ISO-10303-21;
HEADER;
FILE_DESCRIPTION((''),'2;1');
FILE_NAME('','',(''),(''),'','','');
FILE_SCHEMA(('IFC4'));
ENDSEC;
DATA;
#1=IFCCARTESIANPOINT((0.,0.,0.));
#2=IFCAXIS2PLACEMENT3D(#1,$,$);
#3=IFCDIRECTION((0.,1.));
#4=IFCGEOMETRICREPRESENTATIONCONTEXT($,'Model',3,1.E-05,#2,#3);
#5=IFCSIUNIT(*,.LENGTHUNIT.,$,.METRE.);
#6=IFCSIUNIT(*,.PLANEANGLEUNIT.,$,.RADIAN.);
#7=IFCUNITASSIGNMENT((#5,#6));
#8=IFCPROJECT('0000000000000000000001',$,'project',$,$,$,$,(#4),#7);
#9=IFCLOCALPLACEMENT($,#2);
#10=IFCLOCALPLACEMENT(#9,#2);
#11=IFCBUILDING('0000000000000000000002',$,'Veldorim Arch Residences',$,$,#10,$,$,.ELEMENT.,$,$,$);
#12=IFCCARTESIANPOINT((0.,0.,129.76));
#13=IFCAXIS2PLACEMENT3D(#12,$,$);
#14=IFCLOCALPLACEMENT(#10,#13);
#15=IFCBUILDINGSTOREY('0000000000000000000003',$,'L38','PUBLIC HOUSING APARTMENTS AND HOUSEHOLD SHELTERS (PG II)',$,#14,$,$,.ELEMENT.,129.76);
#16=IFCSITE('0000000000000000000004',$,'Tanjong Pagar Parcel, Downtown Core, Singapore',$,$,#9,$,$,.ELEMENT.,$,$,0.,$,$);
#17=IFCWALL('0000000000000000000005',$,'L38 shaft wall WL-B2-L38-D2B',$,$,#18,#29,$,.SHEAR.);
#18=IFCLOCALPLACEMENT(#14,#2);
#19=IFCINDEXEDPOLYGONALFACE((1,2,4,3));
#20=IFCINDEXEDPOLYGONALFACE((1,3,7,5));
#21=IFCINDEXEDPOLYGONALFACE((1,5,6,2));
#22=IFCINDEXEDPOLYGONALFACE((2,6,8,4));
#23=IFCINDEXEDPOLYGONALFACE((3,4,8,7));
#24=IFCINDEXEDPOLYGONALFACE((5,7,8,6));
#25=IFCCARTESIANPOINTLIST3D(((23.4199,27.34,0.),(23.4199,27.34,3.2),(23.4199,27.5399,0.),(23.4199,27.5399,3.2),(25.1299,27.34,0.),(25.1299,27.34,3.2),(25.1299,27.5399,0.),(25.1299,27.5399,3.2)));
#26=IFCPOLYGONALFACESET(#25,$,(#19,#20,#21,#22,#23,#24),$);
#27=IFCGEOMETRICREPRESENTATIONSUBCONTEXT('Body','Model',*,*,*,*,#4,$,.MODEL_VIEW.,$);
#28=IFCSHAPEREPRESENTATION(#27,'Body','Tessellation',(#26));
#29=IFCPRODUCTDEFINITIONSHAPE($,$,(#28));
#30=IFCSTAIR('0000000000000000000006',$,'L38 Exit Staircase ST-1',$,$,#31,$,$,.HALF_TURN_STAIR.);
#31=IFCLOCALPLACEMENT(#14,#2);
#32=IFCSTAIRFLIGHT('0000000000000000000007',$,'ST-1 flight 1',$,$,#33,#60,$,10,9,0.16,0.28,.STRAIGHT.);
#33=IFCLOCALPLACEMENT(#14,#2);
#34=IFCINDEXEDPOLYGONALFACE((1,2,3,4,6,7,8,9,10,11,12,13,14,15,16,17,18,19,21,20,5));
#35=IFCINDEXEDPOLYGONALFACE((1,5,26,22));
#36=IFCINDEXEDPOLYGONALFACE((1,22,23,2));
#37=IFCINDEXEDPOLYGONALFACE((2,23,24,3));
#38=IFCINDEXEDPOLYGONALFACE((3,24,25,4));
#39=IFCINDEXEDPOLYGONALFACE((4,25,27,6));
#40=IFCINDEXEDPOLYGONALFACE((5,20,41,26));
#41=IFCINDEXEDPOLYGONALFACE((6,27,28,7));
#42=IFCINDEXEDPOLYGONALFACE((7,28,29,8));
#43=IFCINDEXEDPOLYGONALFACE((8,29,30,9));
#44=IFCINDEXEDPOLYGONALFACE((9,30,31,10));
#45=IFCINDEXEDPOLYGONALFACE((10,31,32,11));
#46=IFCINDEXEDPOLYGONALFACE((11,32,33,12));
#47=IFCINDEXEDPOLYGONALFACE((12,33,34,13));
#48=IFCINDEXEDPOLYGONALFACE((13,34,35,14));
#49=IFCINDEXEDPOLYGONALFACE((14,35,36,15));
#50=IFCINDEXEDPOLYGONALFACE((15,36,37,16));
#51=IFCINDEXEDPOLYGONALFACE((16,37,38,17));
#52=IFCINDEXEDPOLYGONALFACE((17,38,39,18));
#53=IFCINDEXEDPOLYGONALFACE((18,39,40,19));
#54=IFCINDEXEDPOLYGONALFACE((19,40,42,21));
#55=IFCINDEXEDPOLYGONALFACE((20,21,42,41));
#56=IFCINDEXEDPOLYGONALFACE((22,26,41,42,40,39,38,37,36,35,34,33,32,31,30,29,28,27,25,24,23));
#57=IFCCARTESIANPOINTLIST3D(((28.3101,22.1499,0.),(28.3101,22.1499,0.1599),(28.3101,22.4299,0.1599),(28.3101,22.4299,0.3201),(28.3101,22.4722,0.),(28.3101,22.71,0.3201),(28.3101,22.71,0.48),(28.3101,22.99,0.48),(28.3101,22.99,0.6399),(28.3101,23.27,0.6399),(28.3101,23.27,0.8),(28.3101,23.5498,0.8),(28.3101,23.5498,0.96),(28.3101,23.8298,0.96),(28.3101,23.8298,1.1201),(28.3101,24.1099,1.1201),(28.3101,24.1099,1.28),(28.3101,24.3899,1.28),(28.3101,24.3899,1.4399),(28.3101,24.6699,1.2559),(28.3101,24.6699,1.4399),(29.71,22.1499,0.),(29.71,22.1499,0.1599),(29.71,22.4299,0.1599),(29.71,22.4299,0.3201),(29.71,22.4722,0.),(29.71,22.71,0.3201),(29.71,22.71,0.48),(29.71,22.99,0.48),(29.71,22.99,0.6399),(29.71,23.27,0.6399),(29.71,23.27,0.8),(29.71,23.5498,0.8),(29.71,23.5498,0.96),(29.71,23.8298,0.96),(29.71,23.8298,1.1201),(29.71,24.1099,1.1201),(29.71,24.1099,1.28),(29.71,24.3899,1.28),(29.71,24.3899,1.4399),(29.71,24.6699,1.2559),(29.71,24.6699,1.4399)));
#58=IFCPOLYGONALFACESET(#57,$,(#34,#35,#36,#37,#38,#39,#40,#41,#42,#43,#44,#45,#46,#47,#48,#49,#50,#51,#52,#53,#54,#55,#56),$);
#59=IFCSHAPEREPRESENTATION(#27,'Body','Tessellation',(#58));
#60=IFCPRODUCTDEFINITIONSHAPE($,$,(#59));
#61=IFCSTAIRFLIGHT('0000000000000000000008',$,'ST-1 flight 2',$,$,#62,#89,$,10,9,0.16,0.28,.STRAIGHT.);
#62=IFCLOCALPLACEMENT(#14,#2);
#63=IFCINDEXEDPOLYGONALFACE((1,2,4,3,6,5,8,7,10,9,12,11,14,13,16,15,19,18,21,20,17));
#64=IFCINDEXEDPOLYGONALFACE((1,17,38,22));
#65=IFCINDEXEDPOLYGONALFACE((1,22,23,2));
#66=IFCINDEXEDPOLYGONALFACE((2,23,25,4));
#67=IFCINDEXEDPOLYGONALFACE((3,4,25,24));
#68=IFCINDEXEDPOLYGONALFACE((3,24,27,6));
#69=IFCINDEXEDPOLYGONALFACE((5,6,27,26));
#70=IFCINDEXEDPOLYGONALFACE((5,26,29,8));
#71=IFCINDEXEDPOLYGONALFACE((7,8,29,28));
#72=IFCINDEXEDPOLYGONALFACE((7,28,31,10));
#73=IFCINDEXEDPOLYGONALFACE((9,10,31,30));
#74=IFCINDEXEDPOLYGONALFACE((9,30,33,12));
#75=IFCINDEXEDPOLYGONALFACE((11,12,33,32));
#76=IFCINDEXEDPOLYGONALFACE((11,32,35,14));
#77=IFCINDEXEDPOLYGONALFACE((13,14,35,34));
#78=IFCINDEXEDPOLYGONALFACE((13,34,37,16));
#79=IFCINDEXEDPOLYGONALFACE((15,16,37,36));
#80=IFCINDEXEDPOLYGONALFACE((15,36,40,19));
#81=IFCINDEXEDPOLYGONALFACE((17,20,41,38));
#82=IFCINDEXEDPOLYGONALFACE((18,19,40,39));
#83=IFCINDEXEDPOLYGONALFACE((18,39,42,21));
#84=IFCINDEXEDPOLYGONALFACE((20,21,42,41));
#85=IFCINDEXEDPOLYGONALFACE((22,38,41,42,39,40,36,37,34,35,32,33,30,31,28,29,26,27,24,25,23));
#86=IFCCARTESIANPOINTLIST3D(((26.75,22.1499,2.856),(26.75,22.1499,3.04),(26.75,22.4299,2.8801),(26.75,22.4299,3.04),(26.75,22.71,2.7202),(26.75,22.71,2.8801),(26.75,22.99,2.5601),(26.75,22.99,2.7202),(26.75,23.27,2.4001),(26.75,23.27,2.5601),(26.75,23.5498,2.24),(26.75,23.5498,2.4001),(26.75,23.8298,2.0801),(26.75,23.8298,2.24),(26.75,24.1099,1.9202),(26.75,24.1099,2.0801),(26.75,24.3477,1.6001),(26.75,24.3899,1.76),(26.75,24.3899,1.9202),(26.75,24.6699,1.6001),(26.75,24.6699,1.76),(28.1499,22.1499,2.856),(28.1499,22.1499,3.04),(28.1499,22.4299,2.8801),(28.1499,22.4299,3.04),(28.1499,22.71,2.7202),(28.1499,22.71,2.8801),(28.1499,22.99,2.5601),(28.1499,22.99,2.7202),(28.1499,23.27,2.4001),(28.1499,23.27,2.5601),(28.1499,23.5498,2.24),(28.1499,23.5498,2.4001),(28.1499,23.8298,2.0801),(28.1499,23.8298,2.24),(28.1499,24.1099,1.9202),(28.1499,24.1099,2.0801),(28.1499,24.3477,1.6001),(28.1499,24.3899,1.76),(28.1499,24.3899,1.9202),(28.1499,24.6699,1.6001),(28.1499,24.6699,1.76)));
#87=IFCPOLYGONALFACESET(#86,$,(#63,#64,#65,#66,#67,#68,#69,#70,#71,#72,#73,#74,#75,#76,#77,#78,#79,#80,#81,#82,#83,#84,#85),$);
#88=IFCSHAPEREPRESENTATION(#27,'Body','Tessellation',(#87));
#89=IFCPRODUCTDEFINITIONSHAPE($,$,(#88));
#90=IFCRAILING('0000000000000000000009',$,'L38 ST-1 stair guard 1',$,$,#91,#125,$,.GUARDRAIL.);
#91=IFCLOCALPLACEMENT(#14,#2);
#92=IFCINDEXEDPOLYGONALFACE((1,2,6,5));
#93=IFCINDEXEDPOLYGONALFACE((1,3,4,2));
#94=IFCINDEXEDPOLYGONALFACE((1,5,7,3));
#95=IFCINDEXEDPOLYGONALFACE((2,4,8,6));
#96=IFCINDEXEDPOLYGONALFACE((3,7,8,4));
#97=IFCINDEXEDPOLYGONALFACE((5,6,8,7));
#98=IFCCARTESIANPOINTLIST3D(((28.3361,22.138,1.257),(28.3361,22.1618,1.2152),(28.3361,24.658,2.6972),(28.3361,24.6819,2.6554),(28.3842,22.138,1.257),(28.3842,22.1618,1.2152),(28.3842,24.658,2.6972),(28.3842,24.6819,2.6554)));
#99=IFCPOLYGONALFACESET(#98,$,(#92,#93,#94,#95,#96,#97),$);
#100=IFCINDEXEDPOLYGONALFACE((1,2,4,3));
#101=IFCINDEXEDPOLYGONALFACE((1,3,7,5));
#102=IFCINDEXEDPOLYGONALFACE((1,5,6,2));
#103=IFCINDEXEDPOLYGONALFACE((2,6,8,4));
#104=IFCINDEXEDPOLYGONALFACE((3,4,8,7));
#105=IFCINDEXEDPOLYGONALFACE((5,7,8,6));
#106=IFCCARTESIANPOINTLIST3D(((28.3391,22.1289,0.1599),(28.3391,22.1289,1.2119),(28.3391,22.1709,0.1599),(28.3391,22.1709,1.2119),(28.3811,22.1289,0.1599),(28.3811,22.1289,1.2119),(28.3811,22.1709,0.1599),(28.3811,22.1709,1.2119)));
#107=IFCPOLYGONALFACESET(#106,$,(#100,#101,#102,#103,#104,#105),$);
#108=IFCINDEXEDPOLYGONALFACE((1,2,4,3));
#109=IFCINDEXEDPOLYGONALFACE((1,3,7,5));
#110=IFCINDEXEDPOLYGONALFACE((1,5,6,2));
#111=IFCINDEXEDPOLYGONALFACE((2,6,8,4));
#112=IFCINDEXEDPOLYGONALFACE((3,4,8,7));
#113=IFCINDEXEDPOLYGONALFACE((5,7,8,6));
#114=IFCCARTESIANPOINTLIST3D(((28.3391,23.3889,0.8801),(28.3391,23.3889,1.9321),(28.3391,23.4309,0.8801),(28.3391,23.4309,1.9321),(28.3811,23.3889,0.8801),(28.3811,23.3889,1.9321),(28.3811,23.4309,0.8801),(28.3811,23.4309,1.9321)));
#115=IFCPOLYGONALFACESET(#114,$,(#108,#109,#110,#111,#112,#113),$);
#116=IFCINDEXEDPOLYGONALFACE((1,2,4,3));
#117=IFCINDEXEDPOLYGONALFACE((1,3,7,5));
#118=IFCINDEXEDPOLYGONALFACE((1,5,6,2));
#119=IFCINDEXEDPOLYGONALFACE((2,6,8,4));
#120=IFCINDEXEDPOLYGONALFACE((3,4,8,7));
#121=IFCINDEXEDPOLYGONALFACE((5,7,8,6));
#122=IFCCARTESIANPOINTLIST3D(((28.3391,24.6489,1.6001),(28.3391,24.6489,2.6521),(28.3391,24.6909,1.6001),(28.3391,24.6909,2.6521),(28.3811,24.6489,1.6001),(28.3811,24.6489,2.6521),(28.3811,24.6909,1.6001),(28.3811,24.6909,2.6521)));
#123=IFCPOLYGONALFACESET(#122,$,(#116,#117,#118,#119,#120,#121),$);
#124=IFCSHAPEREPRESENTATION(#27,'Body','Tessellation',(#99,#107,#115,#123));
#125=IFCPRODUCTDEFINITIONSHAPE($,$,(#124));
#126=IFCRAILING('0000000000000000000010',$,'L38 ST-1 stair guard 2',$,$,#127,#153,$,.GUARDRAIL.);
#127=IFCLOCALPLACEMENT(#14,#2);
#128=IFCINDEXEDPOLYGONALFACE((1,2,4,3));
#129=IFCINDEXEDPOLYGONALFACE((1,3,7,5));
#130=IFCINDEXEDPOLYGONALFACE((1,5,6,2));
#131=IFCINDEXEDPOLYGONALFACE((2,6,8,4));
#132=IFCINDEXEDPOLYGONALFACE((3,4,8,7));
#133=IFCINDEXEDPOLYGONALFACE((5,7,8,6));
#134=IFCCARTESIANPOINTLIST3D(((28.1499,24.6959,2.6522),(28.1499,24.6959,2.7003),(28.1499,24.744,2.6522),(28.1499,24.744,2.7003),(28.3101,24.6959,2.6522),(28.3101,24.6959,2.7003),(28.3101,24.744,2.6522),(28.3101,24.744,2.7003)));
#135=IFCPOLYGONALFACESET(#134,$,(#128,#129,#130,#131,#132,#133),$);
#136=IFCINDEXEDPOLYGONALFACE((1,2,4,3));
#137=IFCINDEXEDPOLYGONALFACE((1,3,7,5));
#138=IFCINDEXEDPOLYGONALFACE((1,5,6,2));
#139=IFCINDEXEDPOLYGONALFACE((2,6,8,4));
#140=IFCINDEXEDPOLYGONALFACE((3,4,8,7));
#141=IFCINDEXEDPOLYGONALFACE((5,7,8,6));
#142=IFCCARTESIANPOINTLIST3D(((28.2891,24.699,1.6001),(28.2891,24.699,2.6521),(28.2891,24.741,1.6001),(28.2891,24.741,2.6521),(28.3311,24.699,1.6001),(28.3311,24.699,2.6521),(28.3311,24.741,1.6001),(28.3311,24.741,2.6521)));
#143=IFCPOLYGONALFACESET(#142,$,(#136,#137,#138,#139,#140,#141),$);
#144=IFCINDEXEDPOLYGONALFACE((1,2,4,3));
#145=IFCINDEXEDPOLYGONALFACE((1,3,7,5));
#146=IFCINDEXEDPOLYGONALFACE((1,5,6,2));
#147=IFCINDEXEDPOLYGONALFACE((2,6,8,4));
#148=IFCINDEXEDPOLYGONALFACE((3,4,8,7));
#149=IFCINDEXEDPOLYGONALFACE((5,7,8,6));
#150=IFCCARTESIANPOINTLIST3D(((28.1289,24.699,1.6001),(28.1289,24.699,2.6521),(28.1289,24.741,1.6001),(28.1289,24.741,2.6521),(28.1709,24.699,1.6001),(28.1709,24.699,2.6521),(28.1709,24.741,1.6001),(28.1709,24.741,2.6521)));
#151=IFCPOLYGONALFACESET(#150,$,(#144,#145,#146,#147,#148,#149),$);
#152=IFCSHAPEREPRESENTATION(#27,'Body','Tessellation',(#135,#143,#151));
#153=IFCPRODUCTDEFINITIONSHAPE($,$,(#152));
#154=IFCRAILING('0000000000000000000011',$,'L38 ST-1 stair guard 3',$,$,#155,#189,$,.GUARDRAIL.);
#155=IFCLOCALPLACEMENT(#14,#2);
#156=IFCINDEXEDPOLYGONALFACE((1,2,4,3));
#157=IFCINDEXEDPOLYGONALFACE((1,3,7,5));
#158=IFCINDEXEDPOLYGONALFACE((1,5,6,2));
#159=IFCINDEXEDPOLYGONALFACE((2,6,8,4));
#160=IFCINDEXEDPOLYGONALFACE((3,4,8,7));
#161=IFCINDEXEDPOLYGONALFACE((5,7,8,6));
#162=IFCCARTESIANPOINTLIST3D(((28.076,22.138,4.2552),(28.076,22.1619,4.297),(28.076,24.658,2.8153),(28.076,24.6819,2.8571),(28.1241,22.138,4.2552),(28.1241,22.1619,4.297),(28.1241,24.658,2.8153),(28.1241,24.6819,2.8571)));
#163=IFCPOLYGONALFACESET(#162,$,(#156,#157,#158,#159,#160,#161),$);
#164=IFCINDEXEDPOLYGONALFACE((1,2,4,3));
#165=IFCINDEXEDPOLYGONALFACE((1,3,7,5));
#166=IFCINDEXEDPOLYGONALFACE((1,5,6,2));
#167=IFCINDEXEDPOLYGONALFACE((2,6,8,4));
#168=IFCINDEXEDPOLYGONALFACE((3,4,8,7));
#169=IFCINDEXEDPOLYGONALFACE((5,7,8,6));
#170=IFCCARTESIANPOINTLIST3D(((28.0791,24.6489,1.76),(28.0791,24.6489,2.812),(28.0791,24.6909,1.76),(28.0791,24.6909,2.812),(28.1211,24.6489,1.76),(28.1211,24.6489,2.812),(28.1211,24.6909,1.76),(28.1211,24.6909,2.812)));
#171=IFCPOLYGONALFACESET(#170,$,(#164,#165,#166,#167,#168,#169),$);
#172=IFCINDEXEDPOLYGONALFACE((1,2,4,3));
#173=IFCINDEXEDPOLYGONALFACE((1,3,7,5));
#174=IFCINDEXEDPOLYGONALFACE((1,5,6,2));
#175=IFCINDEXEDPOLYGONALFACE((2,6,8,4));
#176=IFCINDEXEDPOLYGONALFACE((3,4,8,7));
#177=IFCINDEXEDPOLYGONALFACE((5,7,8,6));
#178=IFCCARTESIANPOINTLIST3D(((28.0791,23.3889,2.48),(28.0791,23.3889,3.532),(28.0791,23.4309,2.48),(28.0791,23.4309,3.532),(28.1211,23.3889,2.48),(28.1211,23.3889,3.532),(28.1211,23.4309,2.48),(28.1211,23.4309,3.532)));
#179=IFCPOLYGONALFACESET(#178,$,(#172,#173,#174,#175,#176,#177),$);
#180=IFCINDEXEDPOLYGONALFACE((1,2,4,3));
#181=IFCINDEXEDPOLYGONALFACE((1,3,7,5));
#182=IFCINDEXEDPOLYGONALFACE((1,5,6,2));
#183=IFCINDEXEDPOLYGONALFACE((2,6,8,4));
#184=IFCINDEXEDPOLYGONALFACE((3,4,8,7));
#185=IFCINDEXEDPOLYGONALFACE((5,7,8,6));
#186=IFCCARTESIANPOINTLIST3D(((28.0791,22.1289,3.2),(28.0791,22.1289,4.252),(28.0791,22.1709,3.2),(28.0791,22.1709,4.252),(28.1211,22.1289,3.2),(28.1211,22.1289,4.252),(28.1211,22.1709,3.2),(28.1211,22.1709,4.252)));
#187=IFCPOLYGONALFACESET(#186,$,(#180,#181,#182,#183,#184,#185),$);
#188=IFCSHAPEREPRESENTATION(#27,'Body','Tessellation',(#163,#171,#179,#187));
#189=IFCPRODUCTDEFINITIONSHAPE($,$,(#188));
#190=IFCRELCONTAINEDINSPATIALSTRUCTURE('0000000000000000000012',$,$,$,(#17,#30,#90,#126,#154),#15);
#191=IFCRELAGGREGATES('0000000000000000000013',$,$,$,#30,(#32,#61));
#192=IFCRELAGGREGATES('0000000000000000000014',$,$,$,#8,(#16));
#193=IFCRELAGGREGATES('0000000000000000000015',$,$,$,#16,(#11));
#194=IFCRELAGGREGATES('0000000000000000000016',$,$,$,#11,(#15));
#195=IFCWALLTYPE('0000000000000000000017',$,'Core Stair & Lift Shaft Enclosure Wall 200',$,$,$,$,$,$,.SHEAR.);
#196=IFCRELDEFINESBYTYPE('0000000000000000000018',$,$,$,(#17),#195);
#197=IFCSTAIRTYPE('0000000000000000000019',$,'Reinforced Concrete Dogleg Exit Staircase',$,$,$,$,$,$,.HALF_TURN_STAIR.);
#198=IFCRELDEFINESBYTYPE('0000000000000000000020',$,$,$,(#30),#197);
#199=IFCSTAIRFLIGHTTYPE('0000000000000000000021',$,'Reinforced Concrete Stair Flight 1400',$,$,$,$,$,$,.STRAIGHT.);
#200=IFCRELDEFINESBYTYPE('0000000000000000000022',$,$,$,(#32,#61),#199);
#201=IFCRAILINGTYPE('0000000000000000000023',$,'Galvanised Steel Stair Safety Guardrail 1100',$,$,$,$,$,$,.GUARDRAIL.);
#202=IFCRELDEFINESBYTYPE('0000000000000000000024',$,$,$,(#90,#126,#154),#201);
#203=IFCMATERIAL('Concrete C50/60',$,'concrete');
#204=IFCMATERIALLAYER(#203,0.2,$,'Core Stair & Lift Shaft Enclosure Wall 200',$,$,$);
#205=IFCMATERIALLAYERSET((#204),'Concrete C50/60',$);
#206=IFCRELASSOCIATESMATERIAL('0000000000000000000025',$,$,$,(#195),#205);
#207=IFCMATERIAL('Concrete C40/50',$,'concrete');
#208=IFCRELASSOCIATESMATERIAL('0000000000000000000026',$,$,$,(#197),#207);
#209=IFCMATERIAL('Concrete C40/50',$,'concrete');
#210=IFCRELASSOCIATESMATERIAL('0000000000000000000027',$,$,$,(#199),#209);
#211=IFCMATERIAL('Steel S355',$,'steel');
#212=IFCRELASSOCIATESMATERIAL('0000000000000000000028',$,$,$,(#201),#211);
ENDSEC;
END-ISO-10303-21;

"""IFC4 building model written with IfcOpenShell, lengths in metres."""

from ifc_helpers import new_model, si_unit, direction, frame, frame_2d, origin, origin_2d, place, context, subcontext, project, spatial, polyline, rectangle, outline, extrude, material, layer, layer_set, type_object, element, aggregate, save


model = new_model("IFC4")

# Units and contexts
model_context = context("Model", 3, precision=1e-05, world=origin(), true_north=direction((0.0, 1.0)))
body_context = subcontext(model_context, "Body", "Model", "MODEL_VIEW")
ifc_project = project(units=[si_unit("LENGTHUNIT", "METRE"), si_unit("PLANEANGLEUNIT", "RADIAN")], contexts=[model_context])

# Site, building, storey
site_placement = place(None, origin())
site = spatial("IfcSite", under=ifc_project, at=site_placement, Name="Tanjong Pagar Parcel, Downtown Core, Singapore", CompositionType="ELEMENT", RefElevation=0.0)
building_placement = place(site_placement, origin())
building = spatial("IfcBuilding", under=site, at=building_placement, Name="Veldorim Arch Residences", CompositionType="ELEMENT")
storey_placement = place(building_placement, frame((0.0, 0.0, 129.76)))
storey = spatial("IfcBuildingStorey", under=building, at=storey_placement, Name="L38", Description="PUBLIC HOUSING APARTMENTS AND HOUSEHOLD SHELTERS (PG II)", CompositionType="ELEMENT", Elevation=129.76)

# Wall
ifc_material_1 = material(Name="Concrete C50/60", Category="concrete")
ifc_layer_1 = layer(ifc_material_1, 0.2, Name="Core Stair & Lift Shaft Enclosure Wall 200")
ifc_layer_set_1 = layer_set([ifc_layer_1], Name="Concrete C50/60")
wall_type_1 = type_object("IfcWallType", Name="Core Stair & Lift Shaft Enclosure Wall 200", PredefinedType="SHEAR", material=ifc_layer_set_1)
for number, where, z_axis, x_axis, name in (
    (1, (23.4199, 27.4399, 0.0), (0.0, 0.0, 1.0), (1.0, 0.0, 0.0), "L38 shaft wall WL-B2-L38-D2B"),
):
    element("IfcWall", number, at=place(storey_placement, frame(where, z_axis=z_axis, x_axis=x_axis)), inside=storey, type_object=wall_type_1, Name=name, PredefinedType="SHEAR", context=body_context, shape_type="SweptSolid", body=[
        extrude(rectangle(XDim=1.71, YDim=0.2, at=frame_2d((0.855, 0.0))), origin(), (0.0, 0.0, 1.0), 3.2),
    ])

# Stair, stair flights
ifc_material_2 = material(Name="Concrete C40/50", Category="concrete")
stair_type = type_object("IfcStairType", Name="Reinforced Concrete Dogleg Exit Staircase", PredefinedType="HALF_TURN_STAIR", material=ifc_material_2)
stair_placement = place(storey_placement, origin())
stair = element("IfcStair", 2, at=stair_placement, inside=storey, type_object=stair_type, Name="L38 Exit Staircase ST-1", PredefinedType="HALF_TURN_STAIR")
ifc_material_3 = material(Name="Concrete C40/50", Category="concrete")
stair_flight_type = type_object("IfcStairFlightType", Name="Reinforced Concrete Stair Flight 1400", PredefinedType="STRAIGHT", material=ifc_material_3)
stair_flight_1_placement = place(storey_placement, frame((29.01, 22.1499, 0.0), z_axis=(0.0, 0.0, 1.0), x_axis=(0.0, 1.0, 0.0)))
stair_flight_1 = element("IfcStairFlight", 3, at=stair_flight_1_placement, type_object=stair_flight_type, Name="ST-1 flight 1", NumberOfRisers=10, NumberOfTreads=9, PredefinedType="STRAIGHT", RiserHeight=0.16, TreadLength=0.28, context=body_context, shape_type="SweptSolid", body=[
    extrude(outline(polyline([(0.0, 0.0), (0.0, 0.1599), (0.28, 0.1599), (0.28, 0.3201), (0.5601, 0.3201), (0.5601, 0.48), (0.8401, 0.48), (0.8401, 0.6399), (1.1201, 0.6399), (1.1201, 0.8), (1.3999, 0.8), (1.3999, 0.96), (1.6799, 0.96), (1.6799, 1.1201), (1.96, 1.1201), (1.96, 1.28), (2.24, 1.28), (2.24, 1.4399), (2.52, 1.4399), (2.52, 1.6001), (2.52, 1.2559), (0.3223, 0.0), (0.0, 0.0)])), frame((0.0, 0.7, 0.0), z_axis=(0.0, -1.0, 0.0), x_axis=(1.0, 0.0, 0.0)), (0.0, 0.0, 1.0), 1.3999),
])
stair_flight_2_placement = place(storey_placement, frame((27.45, 24.6699, 1.6001), z_axis=(0.0, 0.0, 1.0), x_axis=(0.0, -1.0, 0.0)))
stair_flight_2 = element("IfcStairFlight", 4, at=stair_flight_2_placement, type_object=stair_flight_type, Name="ST-1 flight 2", NumberOfRisers=10, NumberOfTreads=9, PredefinedType="STRAIGHT", RiserHeight=0.16, TreadLength=0.28, context=body_context, shape_type="SweptSolid", body=[
    extrude(outline(polyline([(0.0, 0.0), (0.0, 0.1599), (0.28, 0.1599), (0.28, 0.3201), (0.5601, 0.3201), (0.5601, 0.48), (0.8401, 0.48), (0.8401, 0.6399), (1.1201, 0.6399), (1.1201, 0.8), (1.3999, 0.8), (1.3999, 0.96), (1.6799, 0.96), (1.6799, 1.1201), (1.96, 1.1201), (1.96, 1.28), (2.24, 1.28), (2.24, 1.4399), (2.52, 1.4399), (2.52, 1.6001), (2.52, 1.2559), (0.3223, 0.0), (0.0, 0.0)])), frame((0.0, 0.7, 0.0), z_axis=(0.0, -1.0, 0.0), x_axis=(1.0, 0.0, 0.0)), (0.0, 0.0, 1.0), 1.3999),
])
aggregate(stair, [stair_flight_1, stair_flight_2])

# Railings
ifc_material_4 = material(Name="Steel S355", Category="steel")
railing_type_1 = type_object("IfcRailingType", Name="Galvanised Steel Stair Safety Guardrail 1100", PredefinedType="GUARDRAIL", material=ifc_material_4)
railing_1_placement = place(storey_placement, frame((28.3601, 22.1499, 0.1599)))
element("IfcRailing", 5, at=railing_1_placement, inside=storey, type_object=railing_type_1, Name="L38 ST-1 stair guard 1", PredefinedType="GUARDRAIL", context=body_context, shape_type="SweptSolid", body=[
    extrude(rectangle(XDim=0.0481, YDim=0.0481, at=origin_2d()), frame((0.0, 0.0, 1.0762), z_axis=(0.0, 0.868217, 0.496184), x_axis=(-1.0, 0.0, 0.0)), (0.0, 0.0, 1.0), 2.9026),
    extrude(rectangle(XDim=0.042, YDim=0.042, at=origin_2d()), origin(), (0.0, 0.0, 1.0), 1.052),
    extrude(rectangle(XDim=0.042, YDim=0.042, at=origin_2d()), frame((0.0, 1.26, 0.7202)), (0.0, 0.0, 1.0), 1.052),
    extrude(rectangle(XDim=0.042, YDim=0.042, at=origin_2d()), frame((0.0, 2.52, 1.4402)), (0.0, 0.0, 1.0), 1.052),
])
railing_2_placement = place(storey_placement, frame((28.3101, 24.72, 1.6001)))
element("IfcRailing", 6, at=railing_2_placement, inside=storey, type_object=railing_type_1, Name="L38 ST-1 stair guard 2", PredefinedType="GUARDRAIL", context=body_context, shape_type="SweptSolid", body=[
    extrude(rectangle(XDim=0.0481, YDim=0.0481, at=origin_2d()), frame((0.0, 0.0, 1.0762), z_axis=(-1.0, 0.0, 0.0), x_axis=(0.0, -1.0, 0.0)), (0.0, 0.0, 1.0), 0.1602),
    extrude(rectangle(XDim=0.042, YDim=0.042, at=origin_2d()), origin(), (0.0, 0.0, 1.0), 1.052),
    extrude(rectangle(XDim=0.042, YDim=0.042, at=origin_2d()), frame((-0.1602, 0.0, 0.0)), (0.0, 0.0, 1.0), 1.052),
])
railing_3_placement = place(storey_placement, frame((28.1001, 24.6699, 1.76)))
element("IfcRailing", 7, at=railing_3_placement, inside=storey, type_object=railing_type_1, Name="L38 ST-1 stair guard 3", PredefinedType="GUARDRAIL", context=body_context, shape_type="SweptSolid", body=[
    extrude(rectangle(XDim=0.0481, YDim=0.0481, at=origin_2d()), frame((0.0, 0.0, 1.0762), z_axis=(0.0, -0.868253, 0.496121), x_axis=(1.0, 0.0, 0.0)), (0.0, 0.0, 1.0), 2.9023),
    extrude(rectangle(XDim=0.042, YDim=0.042, at=origin_2d()), origin(), (0.0, 0.0, 1.0), 1.052),
    extrude(rectangle(XDim=0.042, YDim=0.042, at=origin_2d()), frame((0.0, -1.26, 0.72)), (0.0, 0.0, 1.0), 1.052),
    extrude(rectangle(XDim=0.042, YDim=0.042, at=origin_2d()), frame((0.0, -2.52, 1.4399)), (0.0, 0.0, 1.0), 1.052),
])

save(model, "model.ifc")
